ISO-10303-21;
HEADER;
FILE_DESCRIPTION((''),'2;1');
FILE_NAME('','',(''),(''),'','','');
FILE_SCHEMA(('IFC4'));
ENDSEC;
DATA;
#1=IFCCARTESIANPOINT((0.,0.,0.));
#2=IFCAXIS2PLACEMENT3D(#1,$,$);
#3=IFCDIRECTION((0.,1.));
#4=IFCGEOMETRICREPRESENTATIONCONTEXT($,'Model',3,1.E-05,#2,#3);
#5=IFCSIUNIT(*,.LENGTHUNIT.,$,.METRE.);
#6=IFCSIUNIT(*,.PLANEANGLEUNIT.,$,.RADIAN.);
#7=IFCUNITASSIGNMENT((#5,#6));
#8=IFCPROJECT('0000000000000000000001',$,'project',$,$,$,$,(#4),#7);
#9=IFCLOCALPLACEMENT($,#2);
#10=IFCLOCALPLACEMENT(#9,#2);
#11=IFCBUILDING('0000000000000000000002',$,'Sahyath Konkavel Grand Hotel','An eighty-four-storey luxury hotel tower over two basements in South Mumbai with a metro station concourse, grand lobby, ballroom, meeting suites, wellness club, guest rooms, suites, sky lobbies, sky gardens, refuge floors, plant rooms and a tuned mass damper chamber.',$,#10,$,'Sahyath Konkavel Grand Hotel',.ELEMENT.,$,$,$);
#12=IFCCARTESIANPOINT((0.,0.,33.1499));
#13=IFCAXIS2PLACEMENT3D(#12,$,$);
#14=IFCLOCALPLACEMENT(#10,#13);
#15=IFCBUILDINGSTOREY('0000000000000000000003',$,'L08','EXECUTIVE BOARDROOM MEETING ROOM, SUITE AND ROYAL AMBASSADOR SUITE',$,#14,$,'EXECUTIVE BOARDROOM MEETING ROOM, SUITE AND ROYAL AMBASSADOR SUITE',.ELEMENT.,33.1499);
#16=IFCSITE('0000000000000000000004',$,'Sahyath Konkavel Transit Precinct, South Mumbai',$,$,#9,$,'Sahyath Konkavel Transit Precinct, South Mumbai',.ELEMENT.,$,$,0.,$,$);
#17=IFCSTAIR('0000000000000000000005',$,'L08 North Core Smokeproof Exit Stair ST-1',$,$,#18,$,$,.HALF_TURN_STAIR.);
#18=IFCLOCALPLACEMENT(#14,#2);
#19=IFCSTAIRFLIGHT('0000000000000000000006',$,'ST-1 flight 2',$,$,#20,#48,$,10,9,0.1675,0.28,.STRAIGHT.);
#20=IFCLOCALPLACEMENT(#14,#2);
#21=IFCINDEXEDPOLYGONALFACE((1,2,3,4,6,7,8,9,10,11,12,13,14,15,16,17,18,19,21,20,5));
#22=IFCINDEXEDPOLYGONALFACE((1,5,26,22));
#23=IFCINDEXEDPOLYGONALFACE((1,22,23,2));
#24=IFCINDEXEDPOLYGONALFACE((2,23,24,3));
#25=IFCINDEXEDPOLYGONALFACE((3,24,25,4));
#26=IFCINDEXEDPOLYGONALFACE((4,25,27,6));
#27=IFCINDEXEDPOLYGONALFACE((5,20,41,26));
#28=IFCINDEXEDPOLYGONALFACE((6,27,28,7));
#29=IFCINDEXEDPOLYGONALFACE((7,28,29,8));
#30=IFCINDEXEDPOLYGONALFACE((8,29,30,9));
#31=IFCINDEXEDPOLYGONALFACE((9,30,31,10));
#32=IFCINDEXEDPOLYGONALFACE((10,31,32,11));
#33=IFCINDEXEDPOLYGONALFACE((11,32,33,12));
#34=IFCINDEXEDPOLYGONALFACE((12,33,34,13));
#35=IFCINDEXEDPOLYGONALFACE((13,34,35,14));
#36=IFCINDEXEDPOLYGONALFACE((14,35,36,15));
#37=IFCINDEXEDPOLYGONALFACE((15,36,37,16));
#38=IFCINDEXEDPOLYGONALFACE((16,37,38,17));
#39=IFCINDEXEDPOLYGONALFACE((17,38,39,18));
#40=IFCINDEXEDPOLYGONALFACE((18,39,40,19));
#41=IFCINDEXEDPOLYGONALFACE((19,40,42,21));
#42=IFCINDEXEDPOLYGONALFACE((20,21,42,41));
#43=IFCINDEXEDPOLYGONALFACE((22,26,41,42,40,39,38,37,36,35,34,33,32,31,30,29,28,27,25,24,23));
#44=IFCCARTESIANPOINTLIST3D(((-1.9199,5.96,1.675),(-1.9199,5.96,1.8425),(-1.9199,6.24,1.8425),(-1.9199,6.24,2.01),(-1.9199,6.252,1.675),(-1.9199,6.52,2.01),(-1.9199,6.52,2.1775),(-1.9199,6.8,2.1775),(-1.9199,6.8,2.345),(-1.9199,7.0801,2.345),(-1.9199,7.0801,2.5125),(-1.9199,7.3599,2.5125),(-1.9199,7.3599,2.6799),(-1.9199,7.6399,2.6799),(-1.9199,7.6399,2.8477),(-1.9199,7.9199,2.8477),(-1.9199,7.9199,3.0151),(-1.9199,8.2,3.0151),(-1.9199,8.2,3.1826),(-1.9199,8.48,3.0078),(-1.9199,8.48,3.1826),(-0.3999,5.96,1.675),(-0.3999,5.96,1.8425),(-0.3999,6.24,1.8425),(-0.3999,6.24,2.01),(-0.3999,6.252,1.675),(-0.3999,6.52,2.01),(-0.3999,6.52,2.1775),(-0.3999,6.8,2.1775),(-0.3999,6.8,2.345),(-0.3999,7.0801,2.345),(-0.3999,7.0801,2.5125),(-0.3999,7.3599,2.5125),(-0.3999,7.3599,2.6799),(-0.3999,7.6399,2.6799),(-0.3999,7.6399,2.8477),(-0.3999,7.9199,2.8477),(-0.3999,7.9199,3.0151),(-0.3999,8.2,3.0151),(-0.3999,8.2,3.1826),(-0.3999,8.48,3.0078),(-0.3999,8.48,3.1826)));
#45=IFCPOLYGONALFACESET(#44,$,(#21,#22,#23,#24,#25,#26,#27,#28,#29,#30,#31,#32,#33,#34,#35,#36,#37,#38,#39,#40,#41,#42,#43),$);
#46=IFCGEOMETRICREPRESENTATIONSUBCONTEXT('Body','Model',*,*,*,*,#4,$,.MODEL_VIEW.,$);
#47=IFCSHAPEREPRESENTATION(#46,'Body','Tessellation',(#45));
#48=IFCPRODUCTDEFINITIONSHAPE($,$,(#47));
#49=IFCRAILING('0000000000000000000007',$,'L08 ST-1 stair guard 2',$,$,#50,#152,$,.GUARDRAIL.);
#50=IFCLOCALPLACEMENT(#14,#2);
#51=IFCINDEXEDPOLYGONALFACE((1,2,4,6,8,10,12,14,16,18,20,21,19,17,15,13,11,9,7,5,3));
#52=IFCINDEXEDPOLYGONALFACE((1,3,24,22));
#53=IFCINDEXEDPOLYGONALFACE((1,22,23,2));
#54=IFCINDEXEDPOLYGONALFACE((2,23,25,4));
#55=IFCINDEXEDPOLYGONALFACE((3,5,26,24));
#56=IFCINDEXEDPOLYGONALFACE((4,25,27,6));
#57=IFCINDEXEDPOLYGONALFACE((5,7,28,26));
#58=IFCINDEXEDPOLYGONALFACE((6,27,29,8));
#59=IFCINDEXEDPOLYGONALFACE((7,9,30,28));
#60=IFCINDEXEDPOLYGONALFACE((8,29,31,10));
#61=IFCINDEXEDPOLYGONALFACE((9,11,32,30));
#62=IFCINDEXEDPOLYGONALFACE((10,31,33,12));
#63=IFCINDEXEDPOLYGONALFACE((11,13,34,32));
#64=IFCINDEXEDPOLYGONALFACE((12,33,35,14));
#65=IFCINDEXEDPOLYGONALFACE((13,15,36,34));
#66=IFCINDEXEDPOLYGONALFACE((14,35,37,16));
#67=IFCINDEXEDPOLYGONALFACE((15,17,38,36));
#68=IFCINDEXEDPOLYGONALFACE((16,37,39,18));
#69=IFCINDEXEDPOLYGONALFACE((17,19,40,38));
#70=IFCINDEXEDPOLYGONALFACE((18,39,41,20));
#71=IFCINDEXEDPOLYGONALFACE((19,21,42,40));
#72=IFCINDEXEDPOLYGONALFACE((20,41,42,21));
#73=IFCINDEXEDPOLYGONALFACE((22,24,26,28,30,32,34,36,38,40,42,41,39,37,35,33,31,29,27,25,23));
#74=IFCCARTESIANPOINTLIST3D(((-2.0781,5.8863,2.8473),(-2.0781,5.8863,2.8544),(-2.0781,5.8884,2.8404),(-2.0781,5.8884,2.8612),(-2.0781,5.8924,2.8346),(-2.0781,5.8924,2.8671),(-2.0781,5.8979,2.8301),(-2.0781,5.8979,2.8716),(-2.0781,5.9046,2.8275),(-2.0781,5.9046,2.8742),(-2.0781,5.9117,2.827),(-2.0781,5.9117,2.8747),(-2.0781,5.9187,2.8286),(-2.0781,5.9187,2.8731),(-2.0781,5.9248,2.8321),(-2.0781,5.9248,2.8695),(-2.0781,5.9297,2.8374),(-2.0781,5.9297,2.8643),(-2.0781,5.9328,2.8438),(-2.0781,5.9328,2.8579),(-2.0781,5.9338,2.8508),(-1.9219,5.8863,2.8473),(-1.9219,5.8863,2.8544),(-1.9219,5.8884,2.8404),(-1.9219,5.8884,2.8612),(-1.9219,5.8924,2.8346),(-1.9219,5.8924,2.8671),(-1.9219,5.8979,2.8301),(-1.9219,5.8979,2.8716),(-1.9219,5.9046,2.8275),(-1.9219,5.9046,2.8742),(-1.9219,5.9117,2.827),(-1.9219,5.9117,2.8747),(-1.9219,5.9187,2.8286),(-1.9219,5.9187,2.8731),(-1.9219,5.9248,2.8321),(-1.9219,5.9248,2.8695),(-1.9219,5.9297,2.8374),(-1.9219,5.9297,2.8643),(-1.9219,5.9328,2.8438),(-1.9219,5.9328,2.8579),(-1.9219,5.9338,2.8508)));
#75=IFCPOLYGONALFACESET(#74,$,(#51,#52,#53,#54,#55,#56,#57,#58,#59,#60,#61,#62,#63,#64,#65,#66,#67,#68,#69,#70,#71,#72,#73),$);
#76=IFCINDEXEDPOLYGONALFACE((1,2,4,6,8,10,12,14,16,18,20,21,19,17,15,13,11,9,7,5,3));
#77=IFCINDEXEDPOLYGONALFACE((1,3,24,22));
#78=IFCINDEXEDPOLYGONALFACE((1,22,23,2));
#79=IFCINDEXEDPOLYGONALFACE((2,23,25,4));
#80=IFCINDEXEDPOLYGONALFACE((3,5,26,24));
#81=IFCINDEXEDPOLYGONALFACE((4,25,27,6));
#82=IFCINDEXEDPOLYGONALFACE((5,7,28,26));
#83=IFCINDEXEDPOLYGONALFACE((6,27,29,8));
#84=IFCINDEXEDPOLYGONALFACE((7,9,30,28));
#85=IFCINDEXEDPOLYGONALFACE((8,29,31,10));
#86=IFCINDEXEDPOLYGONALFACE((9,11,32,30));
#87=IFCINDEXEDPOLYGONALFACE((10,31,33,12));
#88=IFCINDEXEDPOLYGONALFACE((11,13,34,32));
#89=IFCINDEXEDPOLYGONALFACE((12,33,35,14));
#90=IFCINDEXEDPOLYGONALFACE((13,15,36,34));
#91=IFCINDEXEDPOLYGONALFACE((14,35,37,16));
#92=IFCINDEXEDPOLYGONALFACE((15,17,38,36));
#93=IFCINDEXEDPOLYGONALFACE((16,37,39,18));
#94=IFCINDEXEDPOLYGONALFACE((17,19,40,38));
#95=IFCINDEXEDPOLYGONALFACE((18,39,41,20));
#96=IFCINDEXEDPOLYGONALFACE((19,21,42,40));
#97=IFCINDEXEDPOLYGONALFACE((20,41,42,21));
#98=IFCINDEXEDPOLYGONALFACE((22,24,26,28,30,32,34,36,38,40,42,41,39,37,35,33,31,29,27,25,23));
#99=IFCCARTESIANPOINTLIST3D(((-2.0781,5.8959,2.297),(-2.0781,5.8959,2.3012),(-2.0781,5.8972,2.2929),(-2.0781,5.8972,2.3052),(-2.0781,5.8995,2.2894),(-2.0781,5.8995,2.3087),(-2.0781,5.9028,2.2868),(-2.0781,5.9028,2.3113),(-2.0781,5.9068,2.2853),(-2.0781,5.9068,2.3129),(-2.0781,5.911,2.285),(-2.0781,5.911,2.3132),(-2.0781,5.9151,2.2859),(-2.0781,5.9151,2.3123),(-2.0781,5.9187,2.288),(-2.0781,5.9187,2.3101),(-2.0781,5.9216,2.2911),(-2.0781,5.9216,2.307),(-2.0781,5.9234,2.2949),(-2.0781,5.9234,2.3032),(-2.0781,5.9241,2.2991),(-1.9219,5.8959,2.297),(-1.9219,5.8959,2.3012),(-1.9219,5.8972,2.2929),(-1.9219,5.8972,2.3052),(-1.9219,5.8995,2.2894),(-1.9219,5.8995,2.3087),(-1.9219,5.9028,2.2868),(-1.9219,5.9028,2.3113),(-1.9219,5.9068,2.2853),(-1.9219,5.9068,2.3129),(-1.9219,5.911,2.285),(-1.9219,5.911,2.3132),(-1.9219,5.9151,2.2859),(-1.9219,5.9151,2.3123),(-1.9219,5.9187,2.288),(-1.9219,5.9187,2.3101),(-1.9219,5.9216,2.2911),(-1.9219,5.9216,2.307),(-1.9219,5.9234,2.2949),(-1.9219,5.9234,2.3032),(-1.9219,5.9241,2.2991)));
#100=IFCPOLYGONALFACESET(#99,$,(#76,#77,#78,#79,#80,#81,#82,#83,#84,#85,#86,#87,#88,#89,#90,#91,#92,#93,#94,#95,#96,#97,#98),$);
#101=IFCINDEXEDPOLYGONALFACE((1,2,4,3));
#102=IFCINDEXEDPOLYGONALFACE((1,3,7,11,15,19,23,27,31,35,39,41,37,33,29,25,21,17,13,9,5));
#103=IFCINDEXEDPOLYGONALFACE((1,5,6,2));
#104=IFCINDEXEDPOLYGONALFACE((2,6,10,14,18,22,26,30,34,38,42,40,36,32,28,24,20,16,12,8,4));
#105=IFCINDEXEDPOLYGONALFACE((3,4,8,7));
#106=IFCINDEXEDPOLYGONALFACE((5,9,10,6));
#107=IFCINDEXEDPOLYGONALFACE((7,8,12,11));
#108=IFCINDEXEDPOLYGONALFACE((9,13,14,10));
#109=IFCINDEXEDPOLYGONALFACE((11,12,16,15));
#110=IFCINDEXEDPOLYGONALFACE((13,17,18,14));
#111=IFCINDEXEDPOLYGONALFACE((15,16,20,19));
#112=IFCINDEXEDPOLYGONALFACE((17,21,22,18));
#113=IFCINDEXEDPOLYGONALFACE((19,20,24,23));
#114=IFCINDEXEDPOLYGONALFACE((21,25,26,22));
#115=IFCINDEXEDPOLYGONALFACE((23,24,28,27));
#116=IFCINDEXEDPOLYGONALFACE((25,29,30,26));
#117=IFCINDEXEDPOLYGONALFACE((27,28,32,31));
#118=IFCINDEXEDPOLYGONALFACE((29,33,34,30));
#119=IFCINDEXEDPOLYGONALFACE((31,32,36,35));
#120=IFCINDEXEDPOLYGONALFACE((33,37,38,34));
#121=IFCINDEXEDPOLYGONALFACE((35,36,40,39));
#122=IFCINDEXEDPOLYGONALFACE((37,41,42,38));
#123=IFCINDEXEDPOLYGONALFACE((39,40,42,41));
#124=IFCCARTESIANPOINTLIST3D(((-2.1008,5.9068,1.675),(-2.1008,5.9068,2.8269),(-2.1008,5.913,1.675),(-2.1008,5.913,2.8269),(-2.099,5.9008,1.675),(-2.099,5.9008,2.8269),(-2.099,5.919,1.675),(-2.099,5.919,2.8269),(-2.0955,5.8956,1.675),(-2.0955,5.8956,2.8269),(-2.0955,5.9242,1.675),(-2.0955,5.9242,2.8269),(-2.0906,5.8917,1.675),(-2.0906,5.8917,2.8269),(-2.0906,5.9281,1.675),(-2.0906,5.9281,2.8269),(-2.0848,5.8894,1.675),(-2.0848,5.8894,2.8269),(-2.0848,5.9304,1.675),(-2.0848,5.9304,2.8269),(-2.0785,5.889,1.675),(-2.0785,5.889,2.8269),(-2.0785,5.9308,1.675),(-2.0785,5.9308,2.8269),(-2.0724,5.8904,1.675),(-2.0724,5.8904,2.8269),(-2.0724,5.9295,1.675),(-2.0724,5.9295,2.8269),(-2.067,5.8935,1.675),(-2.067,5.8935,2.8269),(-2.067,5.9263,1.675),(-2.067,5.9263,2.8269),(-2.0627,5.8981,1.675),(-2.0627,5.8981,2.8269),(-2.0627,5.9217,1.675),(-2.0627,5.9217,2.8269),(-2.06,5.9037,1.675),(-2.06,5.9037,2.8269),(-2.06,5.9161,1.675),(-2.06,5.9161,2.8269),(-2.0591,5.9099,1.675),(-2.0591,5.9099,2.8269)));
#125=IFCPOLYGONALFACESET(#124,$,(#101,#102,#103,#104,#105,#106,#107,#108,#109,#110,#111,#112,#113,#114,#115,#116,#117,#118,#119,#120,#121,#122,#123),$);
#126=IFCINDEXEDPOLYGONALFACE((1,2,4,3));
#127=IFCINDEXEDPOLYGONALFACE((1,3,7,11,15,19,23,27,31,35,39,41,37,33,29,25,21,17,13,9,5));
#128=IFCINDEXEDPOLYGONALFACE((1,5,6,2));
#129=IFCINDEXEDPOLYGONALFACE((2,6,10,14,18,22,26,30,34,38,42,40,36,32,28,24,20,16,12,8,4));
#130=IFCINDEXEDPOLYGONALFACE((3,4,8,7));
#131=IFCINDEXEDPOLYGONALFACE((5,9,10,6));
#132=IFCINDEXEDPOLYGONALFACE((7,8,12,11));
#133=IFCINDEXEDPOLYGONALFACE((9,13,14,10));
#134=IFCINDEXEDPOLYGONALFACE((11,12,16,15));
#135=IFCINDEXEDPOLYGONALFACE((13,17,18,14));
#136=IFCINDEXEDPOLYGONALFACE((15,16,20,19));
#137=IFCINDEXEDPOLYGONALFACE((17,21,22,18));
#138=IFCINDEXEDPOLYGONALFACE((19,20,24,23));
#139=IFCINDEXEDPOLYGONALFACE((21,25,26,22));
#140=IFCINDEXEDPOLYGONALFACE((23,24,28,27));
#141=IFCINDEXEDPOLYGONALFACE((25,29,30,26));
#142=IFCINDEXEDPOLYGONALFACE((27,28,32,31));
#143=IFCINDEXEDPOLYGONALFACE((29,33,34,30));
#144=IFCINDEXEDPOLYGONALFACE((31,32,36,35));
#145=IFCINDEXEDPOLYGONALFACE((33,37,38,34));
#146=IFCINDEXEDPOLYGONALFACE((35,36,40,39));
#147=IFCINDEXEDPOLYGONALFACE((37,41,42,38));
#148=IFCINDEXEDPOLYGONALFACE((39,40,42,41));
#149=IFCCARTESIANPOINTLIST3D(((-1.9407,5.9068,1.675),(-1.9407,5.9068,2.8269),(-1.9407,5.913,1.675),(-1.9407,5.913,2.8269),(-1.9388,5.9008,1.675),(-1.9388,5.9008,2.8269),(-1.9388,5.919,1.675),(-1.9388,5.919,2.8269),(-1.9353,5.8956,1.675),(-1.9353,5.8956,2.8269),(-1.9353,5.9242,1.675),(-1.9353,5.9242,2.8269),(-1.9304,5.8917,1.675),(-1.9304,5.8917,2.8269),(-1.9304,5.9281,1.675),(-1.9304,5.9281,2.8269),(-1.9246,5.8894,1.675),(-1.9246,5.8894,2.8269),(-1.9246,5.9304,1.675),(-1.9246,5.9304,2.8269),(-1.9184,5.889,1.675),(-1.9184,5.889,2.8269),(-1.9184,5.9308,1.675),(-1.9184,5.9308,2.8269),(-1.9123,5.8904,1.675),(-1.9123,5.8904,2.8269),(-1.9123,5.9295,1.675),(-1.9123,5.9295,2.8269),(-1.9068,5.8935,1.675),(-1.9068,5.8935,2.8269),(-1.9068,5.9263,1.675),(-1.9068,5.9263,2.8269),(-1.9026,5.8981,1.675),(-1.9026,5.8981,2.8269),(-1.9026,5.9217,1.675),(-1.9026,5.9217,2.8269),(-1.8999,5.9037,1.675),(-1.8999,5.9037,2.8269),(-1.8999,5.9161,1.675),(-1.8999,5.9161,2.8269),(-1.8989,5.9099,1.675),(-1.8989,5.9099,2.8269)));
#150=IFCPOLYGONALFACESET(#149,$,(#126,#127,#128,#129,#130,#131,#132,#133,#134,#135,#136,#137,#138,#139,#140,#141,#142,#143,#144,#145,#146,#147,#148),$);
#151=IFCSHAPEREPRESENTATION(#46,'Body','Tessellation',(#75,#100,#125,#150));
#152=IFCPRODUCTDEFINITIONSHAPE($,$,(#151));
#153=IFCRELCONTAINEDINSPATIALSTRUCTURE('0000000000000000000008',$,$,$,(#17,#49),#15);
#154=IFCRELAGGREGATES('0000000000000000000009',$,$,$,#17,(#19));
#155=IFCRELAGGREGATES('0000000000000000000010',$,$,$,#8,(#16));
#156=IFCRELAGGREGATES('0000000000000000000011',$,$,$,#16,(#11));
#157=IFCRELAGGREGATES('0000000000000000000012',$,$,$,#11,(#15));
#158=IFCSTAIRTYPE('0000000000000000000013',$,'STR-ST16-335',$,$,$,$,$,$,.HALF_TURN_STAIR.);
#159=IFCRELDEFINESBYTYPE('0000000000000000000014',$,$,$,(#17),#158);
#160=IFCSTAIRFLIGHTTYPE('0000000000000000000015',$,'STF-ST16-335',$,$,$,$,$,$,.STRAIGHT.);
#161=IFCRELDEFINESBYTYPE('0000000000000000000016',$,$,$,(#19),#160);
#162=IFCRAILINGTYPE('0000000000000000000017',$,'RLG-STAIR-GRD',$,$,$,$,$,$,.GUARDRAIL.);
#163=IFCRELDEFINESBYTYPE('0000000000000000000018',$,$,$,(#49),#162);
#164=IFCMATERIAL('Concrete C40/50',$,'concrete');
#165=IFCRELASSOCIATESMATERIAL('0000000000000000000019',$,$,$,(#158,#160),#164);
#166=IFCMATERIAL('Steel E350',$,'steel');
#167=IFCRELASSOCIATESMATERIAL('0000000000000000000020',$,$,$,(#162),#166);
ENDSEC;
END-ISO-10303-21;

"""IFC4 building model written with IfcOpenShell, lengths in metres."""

from ifc_helpers import new_model, si_unit, direction, frame, origin, origin_2d, place, context, subcontext, project, spatial, polyline, circle, outline, extrude, material, type_object, element, aggregate, save


model = new_model("IFC4")

# Units and contexts
model_context = context("Model", 3, precision=1e-05, world=origin(), true_north=direction((0.0, 1.0)))
body_context = subcontext(model_context, "Body", "Model", "MODEL_VIEW")
ifc_project = project(units=[si_unit("LENGTHUNIT", "METRE"), si_unit("PLANEANGLEUNIT", "RADIAN")], contexts=[model_context])

# Site, building, storey
site_placement = place(None, origin())
site = spatial("IfcSite", under=ifc_project, at=site_placement, Name="Sahyath Konkavel Transit Precinct, South Mumbai", LongName="Sahyath Konkavel Transit Precinct, South Mumbai", CompositionType="ELEMENT", RefElevation=0.0)
building_placement = place(site_placement, origin())
building = spatial("IfcBuilding", under=site, at=building_placement, Name="Sahyath Konkavel Grand Hotel", Description="An eighty-four-storey luxury hotel tower over two basements in South Mumbai with a metro station concourse, grand lobby, ballroom, meeting suites, wellness club, guest rooms, suites, sky lobbies, sky gardens, refuge floors, plant rooms and a tuned mass damper chamber.", LongName="Sahyath Konkavel Grand Hotel", CompositionType="ELEMENT")
storey_placement = place(building_placement, frame((0.0, 0.0, 33.1499)))
storey = spatial("IfcBuildingStorey", under=building, at=storey_placement, Name="L08", Description="EXECUTIVE BOARDROOM MEETING ROOM, SUITE AND ROYAL AMBASSADOR SUITE", LongName="EXECUTIVE BOARDROOM MEETING ROOM, SUITE AND ROYAL AMBASSADOR SUITE", CompositionType="ELEMENT", Elevation=33.1499)

# Shared definitions
ifc_material_1 = material(Name="Steel E350", Category="steel")

# Shared definitions
ifc_material_2 = material(Name="Concrete C40/50", Category="concrete")

# Stair
stair_type = type_object("IfcStairType", Name="STR-ST16-335", PredefinedType="HALF_TURN_STAIR", material=ifc_material_2)
stair_placement = place(storey_placement, origin())
stair = element("IfcStair", 1, at=stair_placement, inside=storey, type_object=stair_type, Name="L08 North Core Smokeproof Exit Stair ST-1", PredefinedType="HALF_TURN_STAIR")

# Stair flight
stair_flight_type = type_object("IfcStairFlightType", Name="STF-ST16-335", PredefinedType="STRAIGHT", material=ifc_material_2)
stair_flight_placement = place(storey_placement, frame((-1.1599, 5.96, 1.675), z_axis=(0.0, 0.0, 1.0), x_axis=(0.0, 1.0, 0.0)))
stair_flight = element("IfcStairFlight", 2, at=stair_flight_placement, type_object=stair_flight_type, Name="ST-1 flight 2", NumberOfRisers=10, NumberOfTreads=9, PredefinedType="STRAIGHT", RiserHeight=0.1675, TreadLength=0.28, context=body_context, shape_type="SweptSolid", body=[
    extrude(outline(polyline([(0.0, 0.0), (0.0, 0.1675), (0.28, 0.1675), (0.28, 0.335), (0.5601, 0.335), (0.5601, 0.5024), (0.8401, 0.5024), (0.8401, 0.6699), (1.1201, 0.6699), (1.1201, 0.8374), (1.3999, 0.8374), (1.3999, 1.0049), (1.6799, 1.0049), (1.6799, 1.1726), (1.96, 1.1726), (1.96, 1.3401), (2.24, 1.3401), (2.24, 1.5076), (2.52, 1.5076), (2.52, 1.675), (2.52, 1.3328), (0.292, 0.0), (0.0, 0.0)])), frame((0.0, 0.76, 0.0), z_axis=(0.0, -1.0, 0.0), x_axis=(1.0, 0.0, 0.0)), (0.0, 0.0, 1.0), 1.52),
])
aggregate(stair, [stair_flight])

# Railing
railing_type_1 = type_object("IfcRailingType", Name="RLG-STAIR-GRD", PredefinedType="GUARDRAIL", material=ifc_material_1)
railing_1_placement = place(storey_placement, frame((-2.0801, 5.9099, 1.675)))
element("IfcRailing", 3, at=railing_1_placement, inside=storey, type_object=railing_type_1, Name="L08 ST-1 stair guard 2", PredefinedType="GUARDRAIL", context=body_context, shape_type="SweptSolid", body=[
    extrude(circle(Radius=0.0239, at=origin_2d()), frame((0.002, 0.0, 1.1758), z_axis=(1.0, 0.0, 0.0), x_axis=(0.0, 1.0, 0.0)), (0.0, 0.0, 1.0), 0.1562),
    extrude(circle(Radius=0.0142, at=origin_2d()), frame((0.002, 0.0, 0.624), z_axis=(1.0, 0.0, 0.0), x_axis=(0.0, 1.0, 0.0)), (0.0, 0.0, 1.0), 0.1562),
    extrude(circle(Radius=0.021, at=origin_2d()), origin(), (0.0, 0.0, 1.0), 1.1519),
    extrude(circle(Radius=0.021, at=origin_2d()), frame((0.1602, 0.0, 0.0)), (0.0, 0.0, 1.0), 1.1519),
])

save(model, "model.ifc")
